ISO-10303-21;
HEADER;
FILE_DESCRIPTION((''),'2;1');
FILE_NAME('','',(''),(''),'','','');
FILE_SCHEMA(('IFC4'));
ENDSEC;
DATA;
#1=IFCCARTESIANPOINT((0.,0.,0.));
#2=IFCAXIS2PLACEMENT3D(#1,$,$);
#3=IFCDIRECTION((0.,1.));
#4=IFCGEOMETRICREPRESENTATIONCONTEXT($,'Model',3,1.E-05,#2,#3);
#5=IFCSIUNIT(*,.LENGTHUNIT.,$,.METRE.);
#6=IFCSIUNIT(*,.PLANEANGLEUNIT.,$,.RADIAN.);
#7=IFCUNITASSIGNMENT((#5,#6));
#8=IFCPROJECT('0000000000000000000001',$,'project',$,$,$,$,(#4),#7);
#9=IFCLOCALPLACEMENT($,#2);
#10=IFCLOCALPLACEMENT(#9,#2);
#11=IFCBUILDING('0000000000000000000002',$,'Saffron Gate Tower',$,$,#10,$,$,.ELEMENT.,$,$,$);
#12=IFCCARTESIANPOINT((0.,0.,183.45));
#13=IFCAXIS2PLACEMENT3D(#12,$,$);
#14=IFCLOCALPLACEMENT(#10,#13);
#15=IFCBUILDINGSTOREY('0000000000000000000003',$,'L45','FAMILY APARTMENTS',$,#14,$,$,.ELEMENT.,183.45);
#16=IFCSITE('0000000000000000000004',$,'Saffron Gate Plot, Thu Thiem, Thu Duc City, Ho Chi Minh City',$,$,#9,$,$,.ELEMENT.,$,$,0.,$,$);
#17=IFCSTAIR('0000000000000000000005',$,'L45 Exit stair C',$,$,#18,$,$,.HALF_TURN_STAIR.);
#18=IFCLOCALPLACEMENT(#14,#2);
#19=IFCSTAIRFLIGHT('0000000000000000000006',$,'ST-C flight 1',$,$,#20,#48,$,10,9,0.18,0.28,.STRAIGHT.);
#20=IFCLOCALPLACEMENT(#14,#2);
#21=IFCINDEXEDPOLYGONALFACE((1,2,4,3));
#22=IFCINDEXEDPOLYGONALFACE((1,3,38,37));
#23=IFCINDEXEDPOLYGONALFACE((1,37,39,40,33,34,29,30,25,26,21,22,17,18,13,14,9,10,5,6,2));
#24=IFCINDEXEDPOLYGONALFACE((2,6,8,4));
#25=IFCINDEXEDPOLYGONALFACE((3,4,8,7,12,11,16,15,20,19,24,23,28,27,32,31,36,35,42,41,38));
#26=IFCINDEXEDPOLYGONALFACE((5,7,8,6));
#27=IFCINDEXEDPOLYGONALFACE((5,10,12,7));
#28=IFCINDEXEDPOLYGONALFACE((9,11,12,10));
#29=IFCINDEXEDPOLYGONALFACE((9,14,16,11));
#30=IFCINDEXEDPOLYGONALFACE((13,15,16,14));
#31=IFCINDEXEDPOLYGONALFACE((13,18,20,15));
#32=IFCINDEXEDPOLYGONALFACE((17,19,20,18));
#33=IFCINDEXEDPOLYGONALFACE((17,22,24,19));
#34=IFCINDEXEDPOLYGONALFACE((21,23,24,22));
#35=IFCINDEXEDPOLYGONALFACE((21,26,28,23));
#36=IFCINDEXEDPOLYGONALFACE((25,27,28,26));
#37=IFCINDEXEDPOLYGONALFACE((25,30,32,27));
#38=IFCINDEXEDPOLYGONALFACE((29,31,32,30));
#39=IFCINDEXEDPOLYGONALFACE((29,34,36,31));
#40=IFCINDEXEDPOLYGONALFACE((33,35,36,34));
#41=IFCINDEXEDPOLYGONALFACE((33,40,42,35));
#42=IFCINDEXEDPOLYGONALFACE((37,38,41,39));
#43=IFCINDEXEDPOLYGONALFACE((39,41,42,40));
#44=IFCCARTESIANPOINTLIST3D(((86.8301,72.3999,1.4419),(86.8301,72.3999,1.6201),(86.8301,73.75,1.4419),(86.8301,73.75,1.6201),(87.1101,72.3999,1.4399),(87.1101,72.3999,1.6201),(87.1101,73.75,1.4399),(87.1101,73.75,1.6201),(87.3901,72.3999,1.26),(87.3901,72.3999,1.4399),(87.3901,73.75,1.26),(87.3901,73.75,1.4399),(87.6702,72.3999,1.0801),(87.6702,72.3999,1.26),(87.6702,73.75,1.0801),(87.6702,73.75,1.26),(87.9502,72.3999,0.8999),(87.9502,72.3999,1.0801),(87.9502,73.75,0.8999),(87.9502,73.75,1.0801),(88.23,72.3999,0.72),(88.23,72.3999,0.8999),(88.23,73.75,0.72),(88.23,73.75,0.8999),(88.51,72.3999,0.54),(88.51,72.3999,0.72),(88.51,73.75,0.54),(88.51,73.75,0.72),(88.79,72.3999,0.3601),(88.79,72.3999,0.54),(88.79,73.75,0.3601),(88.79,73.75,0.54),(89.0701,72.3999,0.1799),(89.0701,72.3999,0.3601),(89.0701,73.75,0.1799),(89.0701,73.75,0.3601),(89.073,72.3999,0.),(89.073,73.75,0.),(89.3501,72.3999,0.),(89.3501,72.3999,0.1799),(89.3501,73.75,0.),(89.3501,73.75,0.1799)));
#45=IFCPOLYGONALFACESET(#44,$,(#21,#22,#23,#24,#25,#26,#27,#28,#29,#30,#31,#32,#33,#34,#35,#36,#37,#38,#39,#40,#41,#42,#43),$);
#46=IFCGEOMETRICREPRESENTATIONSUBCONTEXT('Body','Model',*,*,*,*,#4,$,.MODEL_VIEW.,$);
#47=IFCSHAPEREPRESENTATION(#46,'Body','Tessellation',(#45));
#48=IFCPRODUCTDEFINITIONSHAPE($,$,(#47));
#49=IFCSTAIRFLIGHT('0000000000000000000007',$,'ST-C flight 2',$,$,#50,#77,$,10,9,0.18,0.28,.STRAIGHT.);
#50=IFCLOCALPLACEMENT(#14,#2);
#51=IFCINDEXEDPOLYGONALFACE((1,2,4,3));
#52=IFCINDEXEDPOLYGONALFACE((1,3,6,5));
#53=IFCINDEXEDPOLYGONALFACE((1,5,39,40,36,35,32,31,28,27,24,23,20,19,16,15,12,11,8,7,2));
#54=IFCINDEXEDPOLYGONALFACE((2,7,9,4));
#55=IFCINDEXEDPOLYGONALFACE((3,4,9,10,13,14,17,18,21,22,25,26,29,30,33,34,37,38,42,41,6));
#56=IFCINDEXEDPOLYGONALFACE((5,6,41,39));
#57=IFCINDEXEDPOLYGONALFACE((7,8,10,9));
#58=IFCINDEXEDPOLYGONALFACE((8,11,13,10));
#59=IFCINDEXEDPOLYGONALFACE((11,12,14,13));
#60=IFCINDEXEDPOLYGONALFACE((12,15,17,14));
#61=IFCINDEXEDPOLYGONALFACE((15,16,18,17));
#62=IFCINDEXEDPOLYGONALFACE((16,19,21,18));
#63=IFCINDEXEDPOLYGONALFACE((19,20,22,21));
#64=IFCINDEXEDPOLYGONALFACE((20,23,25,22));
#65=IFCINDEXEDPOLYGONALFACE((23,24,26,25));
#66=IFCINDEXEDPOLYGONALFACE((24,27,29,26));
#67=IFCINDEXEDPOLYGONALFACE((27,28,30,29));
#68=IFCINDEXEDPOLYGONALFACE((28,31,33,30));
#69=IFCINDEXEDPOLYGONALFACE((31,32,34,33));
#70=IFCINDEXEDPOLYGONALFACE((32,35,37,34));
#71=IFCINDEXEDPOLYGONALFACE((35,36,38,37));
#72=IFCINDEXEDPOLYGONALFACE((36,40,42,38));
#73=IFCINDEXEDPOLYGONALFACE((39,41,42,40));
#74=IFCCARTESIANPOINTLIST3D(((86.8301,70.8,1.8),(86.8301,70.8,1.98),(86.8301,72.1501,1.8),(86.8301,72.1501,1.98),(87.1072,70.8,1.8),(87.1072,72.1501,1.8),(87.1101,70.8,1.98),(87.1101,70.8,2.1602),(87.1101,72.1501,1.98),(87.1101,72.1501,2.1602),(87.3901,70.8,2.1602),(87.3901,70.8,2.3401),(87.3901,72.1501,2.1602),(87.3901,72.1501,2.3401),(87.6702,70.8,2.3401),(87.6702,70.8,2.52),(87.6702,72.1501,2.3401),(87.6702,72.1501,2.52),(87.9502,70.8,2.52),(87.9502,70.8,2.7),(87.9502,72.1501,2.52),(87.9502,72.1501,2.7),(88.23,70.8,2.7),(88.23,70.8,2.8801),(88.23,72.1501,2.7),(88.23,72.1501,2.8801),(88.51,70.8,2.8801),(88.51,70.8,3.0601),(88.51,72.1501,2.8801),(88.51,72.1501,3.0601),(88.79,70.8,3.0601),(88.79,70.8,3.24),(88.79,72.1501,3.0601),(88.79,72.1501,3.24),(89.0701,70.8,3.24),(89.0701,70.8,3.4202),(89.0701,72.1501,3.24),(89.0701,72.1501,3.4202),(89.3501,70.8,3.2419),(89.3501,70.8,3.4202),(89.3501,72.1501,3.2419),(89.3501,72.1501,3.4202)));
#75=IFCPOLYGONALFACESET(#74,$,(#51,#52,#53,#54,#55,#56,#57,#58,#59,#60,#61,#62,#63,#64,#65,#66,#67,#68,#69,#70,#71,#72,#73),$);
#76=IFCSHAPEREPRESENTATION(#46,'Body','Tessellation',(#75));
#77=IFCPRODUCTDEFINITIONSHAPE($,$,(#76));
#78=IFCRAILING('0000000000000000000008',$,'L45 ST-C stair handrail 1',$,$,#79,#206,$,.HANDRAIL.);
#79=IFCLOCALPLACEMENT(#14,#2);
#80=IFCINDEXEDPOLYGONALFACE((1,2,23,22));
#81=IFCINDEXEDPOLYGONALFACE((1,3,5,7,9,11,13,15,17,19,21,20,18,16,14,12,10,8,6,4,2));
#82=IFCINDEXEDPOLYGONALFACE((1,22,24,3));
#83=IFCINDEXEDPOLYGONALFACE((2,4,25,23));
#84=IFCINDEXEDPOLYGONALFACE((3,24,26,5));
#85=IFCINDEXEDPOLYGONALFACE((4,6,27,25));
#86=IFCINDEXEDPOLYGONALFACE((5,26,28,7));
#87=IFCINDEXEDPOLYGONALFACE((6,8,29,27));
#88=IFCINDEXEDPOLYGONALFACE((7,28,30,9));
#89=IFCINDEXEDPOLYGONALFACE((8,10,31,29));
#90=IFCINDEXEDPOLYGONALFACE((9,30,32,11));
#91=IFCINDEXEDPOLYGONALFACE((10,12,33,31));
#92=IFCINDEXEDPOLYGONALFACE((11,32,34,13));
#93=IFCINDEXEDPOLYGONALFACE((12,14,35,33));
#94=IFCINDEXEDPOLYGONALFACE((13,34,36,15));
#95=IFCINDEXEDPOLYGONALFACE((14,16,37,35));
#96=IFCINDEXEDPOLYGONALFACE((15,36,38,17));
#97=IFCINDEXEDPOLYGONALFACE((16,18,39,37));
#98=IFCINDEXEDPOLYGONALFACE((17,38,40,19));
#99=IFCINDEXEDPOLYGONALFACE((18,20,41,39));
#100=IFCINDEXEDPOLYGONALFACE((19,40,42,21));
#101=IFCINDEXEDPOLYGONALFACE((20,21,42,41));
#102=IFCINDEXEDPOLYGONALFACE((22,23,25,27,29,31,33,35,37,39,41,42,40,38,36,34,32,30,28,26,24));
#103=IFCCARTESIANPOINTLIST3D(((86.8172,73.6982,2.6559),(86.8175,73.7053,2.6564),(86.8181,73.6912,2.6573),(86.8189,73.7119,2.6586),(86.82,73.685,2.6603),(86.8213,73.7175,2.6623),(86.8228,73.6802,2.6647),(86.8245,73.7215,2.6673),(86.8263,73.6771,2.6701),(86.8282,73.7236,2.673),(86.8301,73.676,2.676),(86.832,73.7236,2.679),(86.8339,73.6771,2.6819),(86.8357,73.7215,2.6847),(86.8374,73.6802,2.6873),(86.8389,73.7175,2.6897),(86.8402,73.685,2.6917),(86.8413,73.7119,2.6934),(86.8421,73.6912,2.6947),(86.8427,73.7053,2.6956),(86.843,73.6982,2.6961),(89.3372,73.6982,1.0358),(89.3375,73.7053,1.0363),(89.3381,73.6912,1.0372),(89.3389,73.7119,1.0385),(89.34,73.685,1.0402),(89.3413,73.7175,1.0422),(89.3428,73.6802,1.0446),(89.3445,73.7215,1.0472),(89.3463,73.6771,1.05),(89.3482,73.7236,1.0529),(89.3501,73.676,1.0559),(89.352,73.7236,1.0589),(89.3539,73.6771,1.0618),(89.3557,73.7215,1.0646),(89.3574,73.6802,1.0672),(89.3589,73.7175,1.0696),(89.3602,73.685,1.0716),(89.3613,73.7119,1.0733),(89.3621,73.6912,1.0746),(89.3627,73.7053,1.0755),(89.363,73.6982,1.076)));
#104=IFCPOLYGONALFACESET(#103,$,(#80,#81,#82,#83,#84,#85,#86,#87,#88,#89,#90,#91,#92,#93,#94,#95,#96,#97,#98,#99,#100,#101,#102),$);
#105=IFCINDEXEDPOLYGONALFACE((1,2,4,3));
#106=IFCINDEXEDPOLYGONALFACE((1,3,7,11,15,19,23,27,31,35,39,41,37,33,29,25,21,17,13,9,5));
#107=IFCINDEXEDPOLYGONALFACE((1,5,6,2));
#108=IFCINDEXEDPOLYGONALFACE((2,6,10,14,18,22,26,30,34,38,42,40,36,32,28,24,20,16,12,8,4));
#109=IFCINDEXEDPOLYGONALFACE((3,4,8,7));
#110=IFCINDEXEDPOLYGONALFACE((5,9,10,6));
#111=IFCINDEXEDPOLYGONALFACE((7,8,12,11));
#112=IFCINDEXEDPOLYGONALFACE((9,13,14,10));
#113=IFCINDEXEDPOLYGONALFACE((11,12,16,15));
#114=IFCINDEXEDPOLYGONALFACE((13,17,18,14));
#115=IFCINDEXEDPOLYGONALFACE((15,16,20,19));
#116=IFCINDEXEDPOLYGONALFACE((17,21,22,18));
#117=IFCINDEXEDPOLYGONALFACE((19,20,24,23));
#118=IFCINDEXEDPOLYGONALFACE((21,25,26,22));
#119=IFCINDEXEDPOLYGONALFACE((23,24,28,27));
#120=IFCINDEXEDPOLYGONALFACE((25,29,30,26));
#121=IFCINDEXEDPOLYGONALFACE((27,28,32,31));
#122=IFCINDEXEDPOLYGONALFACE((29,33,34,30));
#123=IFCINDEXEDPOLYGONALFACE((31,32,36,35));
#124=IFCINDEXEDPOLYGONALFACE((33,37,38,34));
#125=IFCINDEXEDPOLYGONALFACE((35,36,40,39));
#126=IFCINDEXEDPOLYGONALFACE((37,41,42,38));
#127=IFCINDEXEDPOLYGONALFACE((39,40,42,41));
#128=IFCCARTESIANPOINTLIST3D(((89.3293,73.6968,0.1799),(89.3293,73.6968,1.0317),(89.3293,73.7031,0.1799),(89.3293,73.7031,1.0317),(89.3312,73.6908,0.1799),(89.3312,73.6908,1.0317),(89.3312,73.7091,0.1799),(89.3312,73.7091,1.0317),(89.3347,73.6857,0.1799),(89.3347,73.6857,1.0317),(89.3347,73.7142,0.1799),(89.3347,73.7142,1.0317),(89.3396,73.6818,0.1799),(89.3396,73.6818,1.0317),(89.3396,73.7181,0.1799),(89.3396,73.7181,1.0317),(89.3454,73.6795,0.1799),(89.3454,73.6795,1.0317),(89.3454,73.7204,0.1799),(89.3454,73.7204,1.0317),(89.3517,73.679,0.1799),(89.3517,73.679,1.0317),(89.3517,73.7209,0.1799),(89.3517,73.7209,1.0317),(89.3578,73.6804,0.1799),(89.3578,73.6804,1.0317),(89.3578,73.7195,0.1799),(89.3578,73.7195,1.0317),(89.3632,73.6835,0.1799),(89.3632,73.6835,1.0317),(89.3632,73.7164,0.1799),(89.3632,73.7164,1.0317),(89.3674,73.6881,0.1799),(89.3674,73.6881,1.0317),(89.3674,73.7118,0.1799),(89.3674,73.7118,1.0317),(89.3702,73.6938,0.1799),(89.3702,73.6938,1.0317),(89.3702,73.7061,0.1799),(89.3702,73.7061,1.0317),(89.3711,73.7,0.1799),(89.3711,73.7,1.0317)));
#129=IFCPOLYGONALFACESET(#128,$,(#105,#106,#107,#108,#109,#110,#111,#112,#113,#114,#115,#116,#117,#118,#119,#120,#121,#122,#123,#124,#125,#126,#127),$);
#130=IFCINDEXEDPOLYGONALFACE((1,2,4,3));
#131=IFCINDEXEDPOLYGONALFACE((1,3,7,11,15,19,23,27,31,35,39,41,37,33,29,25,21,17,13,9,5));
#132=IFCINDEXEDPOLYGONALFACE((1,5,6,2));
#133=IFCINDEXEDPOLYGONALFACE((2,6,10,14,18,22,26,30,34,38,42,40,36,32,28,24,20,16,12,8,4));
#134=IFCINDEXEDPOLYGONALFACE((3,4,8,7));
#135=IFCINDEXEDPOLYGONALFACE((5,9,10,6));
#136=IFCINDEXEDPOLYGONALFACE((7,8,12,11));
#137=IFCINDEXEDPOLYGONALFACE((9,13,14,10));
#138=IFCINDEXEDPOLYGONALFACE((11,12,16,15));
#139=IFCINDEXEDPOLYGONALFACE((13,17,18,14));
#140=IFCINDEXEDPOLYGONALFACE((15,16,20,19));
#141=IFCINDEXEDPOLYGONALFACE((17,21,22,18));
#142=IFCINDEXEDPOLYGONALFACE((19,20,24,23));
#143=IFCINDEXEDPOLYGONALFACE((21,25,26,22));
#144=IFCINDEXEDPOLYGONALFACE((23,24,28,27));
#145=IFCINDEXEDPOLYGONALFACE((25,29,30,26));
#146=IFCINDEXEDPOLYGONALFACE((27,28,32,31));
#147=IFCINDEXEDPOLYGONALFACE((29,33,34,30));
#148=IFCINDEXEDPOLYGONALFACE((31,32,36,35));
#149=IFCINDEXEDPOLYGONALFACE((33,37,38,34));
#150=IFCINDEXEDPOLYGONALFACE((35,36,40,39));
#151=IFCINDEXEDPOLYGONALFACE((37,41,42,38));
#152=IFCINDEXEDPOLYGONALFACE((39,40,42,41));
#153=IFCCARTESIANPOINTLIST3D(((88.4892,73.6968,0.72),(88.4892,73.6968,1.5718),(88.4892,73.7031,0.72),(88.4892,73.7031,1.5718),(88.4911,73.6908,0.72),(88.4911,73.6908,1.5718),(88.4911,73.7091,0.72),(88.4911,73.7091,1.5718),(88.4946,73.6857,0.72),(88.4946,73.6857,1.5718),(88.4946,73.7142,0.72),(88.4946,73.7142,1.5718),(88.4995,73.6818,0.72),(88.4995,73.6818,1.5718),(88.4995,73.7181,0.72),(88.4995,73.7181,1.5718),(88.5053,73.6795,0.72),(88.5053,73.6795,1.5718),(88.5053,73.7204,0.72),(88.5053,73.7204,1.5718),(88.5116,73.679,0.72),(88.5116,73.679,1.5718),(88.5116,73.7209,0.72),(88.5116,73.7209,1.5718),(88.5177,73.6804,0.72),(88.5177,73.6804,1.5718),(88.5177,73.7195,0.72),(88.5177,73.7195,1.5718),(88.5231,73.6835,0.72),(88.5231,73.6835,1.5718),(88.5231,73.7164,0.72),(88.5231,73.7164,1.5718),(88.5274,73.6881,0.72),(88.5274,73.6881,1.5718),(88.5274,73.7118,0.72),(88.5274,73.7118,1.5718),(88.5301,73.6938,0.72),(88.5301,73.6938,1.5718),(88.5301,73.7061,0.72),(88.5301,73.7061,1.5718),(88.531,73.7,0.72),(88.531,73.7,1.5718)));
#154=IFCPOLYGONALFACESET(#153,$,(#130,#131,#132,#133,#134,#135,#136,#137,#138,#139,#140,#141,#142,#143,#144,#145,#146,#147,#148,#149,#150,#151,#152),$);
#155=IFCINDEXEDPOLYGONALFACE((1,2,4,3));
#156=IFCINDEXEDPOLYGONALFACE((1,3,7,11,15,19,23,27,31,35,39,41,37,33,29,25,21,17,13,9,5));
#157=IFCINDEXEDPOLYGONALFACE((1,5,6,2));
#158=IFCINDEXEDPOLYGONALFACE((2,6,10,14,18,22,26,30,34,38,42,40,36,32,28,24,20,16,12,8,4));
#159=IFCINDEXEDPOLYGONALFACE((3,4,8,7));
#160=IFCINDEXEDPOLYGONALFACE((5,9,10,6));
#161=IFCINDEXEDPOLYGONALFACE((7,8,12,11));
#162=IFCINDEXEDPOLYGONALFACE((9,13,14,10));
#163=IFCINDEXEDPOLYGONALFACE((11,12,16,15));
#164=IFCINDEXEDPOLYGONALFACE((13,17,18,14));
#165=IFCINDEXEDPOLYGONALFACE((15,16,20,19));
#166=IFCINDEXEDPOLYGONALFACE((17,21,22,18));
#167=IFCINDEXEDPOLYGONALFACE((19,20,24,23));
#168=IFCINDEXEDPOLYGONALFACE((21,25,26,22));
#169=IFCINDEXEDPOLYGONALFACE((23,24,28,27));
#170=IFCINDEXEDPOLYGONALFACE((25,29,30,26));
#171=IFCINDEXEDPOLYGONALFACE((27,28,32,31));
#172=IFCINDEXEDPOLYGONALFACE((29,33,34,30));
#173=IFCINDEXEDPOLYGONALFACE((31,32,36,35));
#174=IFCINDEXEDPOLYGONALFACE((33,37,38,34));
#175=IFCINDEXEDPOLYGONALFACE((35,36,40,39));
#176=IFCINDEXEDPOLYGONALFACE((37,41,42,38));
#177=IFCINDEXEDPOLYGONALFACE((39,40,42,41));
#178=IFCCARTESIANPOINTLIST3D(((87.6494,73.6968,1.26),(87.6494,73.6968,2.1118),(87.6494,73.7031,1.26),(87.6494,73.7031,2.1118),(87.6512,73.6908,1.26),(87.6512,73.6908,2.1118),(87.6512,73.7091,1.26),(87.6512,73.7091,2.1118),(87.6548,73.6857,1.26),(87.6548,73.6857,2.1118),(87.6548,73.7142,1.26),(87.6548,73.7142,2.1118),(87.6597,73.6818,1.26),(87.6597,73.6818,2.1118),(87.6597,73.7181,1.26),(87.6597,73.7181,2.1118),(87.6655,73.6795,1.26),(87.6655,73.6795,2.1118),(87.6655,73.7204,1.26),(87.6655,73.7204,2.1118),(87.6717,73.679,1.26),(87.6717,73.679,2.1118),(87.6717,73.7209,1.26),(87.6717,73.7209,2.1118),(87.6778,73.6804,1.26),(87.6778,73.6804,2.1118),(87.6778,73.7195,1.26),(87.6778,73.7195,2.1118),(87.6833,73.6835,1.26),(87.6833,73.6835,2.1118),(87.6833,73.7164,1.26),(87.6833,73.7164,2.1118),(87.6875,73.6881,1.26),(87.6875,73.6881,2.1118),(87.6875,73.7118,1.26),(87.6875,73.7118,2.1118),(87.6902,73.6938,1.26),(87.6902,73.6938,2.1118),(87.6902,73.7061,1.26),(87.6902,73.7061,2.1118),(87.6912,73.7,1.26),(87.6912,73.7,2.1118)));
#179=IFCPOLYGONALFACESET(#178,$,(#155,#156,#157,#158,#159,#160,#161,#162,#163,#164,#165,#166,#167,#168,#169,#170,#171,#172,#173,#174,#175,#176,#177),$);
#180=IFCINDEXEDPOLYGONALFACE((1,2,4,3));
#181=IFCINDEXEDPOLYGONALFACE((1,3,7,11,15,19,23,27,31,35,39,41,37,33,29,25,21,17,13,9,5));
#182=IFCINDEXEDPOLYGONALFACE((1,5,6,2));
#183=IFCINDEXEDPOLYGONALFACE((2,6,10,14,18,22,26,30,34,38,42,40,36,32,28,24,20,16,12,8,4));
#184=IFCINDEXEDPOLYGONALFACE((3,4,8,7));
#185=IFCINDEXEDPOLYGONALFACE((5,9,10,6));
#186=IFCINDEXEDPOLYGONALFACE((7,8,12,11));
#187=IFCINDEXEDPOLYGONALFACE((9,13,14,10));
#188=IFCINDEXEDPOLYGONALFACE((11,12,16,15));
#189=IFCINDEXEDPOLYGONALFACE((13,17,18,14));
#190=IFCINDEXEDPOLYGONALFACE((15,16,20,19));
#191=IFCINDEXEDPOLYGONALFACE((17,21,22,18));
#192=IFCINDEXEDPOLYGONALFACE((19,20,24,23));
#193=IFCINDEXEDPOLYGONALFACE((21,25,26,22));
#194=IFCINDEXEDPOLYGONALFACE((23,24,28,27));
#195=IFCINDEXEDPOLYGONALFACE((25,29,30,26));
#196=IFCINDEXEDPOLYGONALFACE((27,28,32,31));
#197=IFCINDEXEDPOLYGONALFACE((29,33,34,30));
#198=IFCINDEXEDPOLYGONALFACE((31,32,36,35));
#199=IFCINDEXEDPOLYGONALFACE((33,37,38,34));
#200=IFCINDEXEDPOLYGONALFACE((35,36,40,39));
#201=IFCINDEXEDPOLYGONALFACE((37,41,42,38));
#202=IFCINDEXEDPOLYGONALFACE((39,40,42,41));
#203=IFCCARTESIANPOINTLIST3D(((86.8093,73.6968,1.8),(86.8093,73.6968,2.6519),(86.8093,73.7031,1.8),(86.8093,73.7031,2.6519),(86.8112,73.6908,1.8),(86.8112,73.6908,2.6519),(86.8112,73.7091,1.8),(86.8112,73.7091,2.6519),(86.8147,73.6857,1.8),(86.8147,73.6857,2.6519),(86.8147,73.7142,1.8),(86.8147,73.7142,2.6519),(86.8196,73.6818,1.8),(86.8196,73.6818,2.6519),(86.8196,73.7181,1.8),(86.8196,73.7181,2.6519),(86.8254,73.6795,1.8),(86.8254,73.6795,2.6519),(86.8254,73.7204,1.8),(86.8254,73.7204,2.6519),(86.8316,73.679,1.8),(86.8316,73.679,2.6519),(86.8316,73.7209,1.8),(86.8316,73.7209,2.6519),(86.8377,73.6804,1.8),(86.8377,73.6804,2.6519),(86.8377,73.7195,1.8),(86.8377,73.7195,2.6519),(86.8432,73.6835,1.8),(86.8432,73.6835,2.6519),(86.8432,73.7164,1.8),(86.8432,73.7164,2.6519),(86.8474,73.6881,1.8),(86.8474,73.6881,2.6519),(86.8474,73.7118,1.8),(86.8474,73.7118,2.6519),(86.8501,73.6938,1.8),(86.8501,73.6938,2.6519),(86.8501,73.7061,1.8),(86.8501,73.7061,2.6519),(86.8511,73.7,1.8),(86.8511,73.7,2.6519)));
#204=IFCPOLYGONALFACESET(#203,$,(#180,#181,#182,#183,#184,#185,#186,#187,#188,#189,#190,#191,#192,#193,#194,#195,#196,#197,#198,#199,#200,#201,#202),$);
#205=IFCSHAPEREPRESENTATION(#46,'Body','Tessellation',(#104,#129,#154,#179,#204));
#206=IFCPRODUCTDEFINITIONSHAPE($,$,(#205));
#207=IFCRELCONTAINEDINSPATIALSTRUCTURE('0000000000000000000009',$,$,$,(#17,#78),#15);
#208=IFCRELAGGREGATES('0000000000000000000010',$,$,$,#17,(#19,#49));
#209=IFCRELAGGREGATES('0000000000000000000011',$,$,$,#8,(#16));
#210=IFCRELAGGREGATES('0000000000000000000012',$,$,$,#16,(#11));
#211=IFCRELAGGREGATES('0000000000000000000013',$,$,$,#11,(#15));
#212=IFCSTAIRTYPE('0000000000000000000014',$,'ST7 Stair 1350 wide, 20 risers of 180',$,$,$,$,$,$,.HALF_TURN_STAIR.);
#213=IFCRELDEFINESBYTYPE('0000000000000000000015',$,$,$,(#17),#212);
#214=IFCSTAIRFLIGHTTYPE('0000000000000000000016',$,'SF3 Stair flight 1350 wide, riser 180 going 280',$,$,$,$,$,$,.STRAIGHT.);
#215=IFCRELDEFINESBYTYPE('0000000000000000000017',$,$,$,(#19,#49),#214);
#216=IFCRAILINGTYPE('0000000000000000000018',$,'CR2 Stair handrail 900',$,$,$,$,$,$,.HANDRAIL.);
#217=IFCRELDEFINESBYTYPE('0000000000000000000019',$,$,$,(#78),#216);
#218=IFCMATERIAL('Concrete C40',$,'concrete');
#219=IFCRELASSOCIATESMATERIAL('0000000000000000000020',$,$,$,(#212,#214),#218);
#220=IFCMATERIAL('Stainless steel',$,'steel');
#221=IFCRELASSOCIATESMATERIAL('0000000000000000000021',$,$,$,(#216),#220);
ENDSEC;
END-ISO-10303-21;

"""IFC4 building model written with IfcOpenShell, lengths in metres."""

from ifc_helpers import new_model, si_unit, direction, frame, origin, origin_2d, place, context, subcontext, project, spatial, polyline, circle, outline, extrude, material, type_object, element, aggregate, save


model = new_model("IFC4")

# Units and contexts
model_context = context("Model", 3, precision=1e-05, world=origin(), true_north=direction((0.0, 1.0)))
body_context = subcontext(model_context, "Body", "Model", "MODEL_VIEW")
ifc_project = project(units=[si_unit("LENGTHUNIT", "METRE"), si_unit("PLANEANGLEUNIT", "RADIAN")], contexts=[model_context])

# Site, building, storey
site_placement = place(None, origin())
site = spatial("IfcSite", under=ifc_project, at=site_placement, Name="Saffron Gate Plot, Thu Thiem, Thu Duc City, Ho Chi Minh City", CompositionType="ELEMENT", RefElevation=0.0)
building_placement = place(site_placement, origin())
building = spatial("IfcBuilding", under=site, at=building_placement, Name="Saffron Gate Tower", CompositionType="ELEMENT")
storey_placement = place(building_placement, frame((0.0, 0.0, 183.45)))
storey = spatial("IfcBuildingStorey", under=building, at=storey_placement, Name="L45", Description="FAMILY APARTMENTS", CompositionType="ELEMENT", Elevation=183.45)

# Stair, stair flights
ifc_material_1 = material(Name="Concrete C40", Category="concrete")
stair_type = type_object("IfcStairType", Name="ST7 Stair 1350 wide, 20 risers of 180", PredefinedType="HALF_TURN_STAIR", material=ifc_material_1)
stair_placement = place(storey_placement, origin())
stair = element("IfcStair", 1, at=stair_placement, inside=storey, type_object=stair_type, Name="L45 Exit stair C", PredefinedType="HALF_TURN_STAIR")
stair_flight_type = type_object("IfcStairFlightType", Name="SF3 Stair flight 1350 wide, riser 180 going 280", PredefinedType="STRAIGHT", material=ifc_material_1)
stair_flight_1_placement = place(storey_placement, frame((89.3501, 73.075, 0.0), z_axis=(0.0, 0.0, 1.0), x_axis=(-1.0, 0.0, 0.0)))
stair_flight_1 = element("IfcStairFlight", 2, at=stair_flight_1_placement, type_object=stair_flight_type, Name="ST-C flight 1", NumberOfRisers=10, NumberOfTreads=9, PredefinedType="STRAIGHT", RiserHeight=0.18, TreadLength=0.28, context=body_context, shape_type="SweptSolid", body=[
    extrude(outline(polyline([(0.0, 0.0), (0.0, 0.1799), (0.28, 0.1799), (0.28, 0.3601), (0.5601, 0.3601), (0.5601, 0.54), (0.8401, 0.54), (0.8401, 0.72), (1.1201, 0.72), (1.1201, 0.8999), (1.3999, 0.8999), (1.3999, 1.0801), (1.6799, 1.0801), (1.6799, 1.26), (1.96, 1.26), (1.96, 1.4399), (2.24, 1.4399), (2.24, 1.6201), (2.52, 1.6201), (2.52, 1.8), (2.52, 1.4419), (0.2771, 0.0), (0.0, 0.0)])), frame((0.0, 0.675, 0.0), z_axis=(0.0, -1.0, 0.0), x_axis=(1.0, 0.0, 0.0)), (0.0, 0.0, 1.0), 1.3501),
])
stair_flight_2_placement = place(storey_placement, frame((86.8301, 71.4751, 1.8), z_axis=(0.0, 0.0, 1.0), x_axis=(1.0, 0.0, 0.0)))
stair_flight_2 = element("IfcStairFlight", 3, at=stair_flight_2_placement, type_object=stair_flight_type, Name="ST-C flight 2", NumberOfRisers=10, NumberOfTreads=9, PredefinedType="STRAIGHT", RiserHeight=0.18, TreadLength=0.28, context=body_context, shape_type="SweptSolid", body=[
    extrude(outline(polyline([(0.0, 0.0), (0.0, 0.1799), (0.28, 0.1799), (0.28, 0.3601), (0.5601, 0.3601), (0.5601, 0.54), (0.8401, 0.54), (0.8401, 0.72), (1.1201, 0.72), (1.1201, 0.8999), (1.3999, 0.8999), (1.3999, 1.0801), (1.6799, 1.0801), (1.6799, 1.26), (1.96, 1.26), (1.96, 1.4399), (2.24, 1.4399), (2.24, 1.6201), (2.52, 1.6201), (2.52, 1.8), (2.52, 1.4419), (0.2771, 0.0), (0.0, 0.0)])), frame((0.0, 0.675, 0.0), z_axis=(0.0, -1.0, 0.0), x_axis=(1.0, 0.0, 0.0)), (0.0, 0.0, 1.0), 1.3501),
])
aggregate(stair, [stair_flight_1, stair_flight_2])

# Railing
ifc_material_2 = material(Name="Stainless steel", Category="steel")
railing_type_1 = type_object("IfcRailingType", Name="CR2 Stair handrail 900", PredefinedType="HANDRAIL", material=ifc_material_2)
railing_1_placement = place(storey_placement, frame((89.3501, 73.7, 0.1799)))
element("IfcRailing", 4, at=railing_1_placement, inside=storey, type_object=railing_type_1, Name="L45 ST-C stair handrail 1", PredefinedType="HANDRAIL", context=body_context, shape_type="SweptSolid", body=[
    extrude(circle(Radius=0.0239, at=origin_2d()), frame((0.0, 0.0, 0.876), z_axis=(-0.841163, 0.0, 0.540782), x_axis=(0.0, -1.0, 0.0)), (0.0, 0.0, 1.0), 2.9958),
    extrude(circle(Radius=0.021, at=origin_2d()), origin(), (0.0, 0.0, 1.0), 0.8518),
    extrude(circle(Radius=0.021, at=origin_2d()), frame((-0.8401, 0.0, 0.54)), (0.0, 0.0, 1.0), 0.8518),
    extrude(circle(Radius=0.021, at=origin_2d()), frame((-1.6799, 0.0, 1.0801)), (0.0, 0.0, 1.0), 0.8518),
    extrude(circle(Radius=0.021, at=origin_2d()), frame((-2.52, 0.0, 1.6201)), (0.0, 0.0, 1.0), 0.8518),
])

save(model, "model.ifc")
